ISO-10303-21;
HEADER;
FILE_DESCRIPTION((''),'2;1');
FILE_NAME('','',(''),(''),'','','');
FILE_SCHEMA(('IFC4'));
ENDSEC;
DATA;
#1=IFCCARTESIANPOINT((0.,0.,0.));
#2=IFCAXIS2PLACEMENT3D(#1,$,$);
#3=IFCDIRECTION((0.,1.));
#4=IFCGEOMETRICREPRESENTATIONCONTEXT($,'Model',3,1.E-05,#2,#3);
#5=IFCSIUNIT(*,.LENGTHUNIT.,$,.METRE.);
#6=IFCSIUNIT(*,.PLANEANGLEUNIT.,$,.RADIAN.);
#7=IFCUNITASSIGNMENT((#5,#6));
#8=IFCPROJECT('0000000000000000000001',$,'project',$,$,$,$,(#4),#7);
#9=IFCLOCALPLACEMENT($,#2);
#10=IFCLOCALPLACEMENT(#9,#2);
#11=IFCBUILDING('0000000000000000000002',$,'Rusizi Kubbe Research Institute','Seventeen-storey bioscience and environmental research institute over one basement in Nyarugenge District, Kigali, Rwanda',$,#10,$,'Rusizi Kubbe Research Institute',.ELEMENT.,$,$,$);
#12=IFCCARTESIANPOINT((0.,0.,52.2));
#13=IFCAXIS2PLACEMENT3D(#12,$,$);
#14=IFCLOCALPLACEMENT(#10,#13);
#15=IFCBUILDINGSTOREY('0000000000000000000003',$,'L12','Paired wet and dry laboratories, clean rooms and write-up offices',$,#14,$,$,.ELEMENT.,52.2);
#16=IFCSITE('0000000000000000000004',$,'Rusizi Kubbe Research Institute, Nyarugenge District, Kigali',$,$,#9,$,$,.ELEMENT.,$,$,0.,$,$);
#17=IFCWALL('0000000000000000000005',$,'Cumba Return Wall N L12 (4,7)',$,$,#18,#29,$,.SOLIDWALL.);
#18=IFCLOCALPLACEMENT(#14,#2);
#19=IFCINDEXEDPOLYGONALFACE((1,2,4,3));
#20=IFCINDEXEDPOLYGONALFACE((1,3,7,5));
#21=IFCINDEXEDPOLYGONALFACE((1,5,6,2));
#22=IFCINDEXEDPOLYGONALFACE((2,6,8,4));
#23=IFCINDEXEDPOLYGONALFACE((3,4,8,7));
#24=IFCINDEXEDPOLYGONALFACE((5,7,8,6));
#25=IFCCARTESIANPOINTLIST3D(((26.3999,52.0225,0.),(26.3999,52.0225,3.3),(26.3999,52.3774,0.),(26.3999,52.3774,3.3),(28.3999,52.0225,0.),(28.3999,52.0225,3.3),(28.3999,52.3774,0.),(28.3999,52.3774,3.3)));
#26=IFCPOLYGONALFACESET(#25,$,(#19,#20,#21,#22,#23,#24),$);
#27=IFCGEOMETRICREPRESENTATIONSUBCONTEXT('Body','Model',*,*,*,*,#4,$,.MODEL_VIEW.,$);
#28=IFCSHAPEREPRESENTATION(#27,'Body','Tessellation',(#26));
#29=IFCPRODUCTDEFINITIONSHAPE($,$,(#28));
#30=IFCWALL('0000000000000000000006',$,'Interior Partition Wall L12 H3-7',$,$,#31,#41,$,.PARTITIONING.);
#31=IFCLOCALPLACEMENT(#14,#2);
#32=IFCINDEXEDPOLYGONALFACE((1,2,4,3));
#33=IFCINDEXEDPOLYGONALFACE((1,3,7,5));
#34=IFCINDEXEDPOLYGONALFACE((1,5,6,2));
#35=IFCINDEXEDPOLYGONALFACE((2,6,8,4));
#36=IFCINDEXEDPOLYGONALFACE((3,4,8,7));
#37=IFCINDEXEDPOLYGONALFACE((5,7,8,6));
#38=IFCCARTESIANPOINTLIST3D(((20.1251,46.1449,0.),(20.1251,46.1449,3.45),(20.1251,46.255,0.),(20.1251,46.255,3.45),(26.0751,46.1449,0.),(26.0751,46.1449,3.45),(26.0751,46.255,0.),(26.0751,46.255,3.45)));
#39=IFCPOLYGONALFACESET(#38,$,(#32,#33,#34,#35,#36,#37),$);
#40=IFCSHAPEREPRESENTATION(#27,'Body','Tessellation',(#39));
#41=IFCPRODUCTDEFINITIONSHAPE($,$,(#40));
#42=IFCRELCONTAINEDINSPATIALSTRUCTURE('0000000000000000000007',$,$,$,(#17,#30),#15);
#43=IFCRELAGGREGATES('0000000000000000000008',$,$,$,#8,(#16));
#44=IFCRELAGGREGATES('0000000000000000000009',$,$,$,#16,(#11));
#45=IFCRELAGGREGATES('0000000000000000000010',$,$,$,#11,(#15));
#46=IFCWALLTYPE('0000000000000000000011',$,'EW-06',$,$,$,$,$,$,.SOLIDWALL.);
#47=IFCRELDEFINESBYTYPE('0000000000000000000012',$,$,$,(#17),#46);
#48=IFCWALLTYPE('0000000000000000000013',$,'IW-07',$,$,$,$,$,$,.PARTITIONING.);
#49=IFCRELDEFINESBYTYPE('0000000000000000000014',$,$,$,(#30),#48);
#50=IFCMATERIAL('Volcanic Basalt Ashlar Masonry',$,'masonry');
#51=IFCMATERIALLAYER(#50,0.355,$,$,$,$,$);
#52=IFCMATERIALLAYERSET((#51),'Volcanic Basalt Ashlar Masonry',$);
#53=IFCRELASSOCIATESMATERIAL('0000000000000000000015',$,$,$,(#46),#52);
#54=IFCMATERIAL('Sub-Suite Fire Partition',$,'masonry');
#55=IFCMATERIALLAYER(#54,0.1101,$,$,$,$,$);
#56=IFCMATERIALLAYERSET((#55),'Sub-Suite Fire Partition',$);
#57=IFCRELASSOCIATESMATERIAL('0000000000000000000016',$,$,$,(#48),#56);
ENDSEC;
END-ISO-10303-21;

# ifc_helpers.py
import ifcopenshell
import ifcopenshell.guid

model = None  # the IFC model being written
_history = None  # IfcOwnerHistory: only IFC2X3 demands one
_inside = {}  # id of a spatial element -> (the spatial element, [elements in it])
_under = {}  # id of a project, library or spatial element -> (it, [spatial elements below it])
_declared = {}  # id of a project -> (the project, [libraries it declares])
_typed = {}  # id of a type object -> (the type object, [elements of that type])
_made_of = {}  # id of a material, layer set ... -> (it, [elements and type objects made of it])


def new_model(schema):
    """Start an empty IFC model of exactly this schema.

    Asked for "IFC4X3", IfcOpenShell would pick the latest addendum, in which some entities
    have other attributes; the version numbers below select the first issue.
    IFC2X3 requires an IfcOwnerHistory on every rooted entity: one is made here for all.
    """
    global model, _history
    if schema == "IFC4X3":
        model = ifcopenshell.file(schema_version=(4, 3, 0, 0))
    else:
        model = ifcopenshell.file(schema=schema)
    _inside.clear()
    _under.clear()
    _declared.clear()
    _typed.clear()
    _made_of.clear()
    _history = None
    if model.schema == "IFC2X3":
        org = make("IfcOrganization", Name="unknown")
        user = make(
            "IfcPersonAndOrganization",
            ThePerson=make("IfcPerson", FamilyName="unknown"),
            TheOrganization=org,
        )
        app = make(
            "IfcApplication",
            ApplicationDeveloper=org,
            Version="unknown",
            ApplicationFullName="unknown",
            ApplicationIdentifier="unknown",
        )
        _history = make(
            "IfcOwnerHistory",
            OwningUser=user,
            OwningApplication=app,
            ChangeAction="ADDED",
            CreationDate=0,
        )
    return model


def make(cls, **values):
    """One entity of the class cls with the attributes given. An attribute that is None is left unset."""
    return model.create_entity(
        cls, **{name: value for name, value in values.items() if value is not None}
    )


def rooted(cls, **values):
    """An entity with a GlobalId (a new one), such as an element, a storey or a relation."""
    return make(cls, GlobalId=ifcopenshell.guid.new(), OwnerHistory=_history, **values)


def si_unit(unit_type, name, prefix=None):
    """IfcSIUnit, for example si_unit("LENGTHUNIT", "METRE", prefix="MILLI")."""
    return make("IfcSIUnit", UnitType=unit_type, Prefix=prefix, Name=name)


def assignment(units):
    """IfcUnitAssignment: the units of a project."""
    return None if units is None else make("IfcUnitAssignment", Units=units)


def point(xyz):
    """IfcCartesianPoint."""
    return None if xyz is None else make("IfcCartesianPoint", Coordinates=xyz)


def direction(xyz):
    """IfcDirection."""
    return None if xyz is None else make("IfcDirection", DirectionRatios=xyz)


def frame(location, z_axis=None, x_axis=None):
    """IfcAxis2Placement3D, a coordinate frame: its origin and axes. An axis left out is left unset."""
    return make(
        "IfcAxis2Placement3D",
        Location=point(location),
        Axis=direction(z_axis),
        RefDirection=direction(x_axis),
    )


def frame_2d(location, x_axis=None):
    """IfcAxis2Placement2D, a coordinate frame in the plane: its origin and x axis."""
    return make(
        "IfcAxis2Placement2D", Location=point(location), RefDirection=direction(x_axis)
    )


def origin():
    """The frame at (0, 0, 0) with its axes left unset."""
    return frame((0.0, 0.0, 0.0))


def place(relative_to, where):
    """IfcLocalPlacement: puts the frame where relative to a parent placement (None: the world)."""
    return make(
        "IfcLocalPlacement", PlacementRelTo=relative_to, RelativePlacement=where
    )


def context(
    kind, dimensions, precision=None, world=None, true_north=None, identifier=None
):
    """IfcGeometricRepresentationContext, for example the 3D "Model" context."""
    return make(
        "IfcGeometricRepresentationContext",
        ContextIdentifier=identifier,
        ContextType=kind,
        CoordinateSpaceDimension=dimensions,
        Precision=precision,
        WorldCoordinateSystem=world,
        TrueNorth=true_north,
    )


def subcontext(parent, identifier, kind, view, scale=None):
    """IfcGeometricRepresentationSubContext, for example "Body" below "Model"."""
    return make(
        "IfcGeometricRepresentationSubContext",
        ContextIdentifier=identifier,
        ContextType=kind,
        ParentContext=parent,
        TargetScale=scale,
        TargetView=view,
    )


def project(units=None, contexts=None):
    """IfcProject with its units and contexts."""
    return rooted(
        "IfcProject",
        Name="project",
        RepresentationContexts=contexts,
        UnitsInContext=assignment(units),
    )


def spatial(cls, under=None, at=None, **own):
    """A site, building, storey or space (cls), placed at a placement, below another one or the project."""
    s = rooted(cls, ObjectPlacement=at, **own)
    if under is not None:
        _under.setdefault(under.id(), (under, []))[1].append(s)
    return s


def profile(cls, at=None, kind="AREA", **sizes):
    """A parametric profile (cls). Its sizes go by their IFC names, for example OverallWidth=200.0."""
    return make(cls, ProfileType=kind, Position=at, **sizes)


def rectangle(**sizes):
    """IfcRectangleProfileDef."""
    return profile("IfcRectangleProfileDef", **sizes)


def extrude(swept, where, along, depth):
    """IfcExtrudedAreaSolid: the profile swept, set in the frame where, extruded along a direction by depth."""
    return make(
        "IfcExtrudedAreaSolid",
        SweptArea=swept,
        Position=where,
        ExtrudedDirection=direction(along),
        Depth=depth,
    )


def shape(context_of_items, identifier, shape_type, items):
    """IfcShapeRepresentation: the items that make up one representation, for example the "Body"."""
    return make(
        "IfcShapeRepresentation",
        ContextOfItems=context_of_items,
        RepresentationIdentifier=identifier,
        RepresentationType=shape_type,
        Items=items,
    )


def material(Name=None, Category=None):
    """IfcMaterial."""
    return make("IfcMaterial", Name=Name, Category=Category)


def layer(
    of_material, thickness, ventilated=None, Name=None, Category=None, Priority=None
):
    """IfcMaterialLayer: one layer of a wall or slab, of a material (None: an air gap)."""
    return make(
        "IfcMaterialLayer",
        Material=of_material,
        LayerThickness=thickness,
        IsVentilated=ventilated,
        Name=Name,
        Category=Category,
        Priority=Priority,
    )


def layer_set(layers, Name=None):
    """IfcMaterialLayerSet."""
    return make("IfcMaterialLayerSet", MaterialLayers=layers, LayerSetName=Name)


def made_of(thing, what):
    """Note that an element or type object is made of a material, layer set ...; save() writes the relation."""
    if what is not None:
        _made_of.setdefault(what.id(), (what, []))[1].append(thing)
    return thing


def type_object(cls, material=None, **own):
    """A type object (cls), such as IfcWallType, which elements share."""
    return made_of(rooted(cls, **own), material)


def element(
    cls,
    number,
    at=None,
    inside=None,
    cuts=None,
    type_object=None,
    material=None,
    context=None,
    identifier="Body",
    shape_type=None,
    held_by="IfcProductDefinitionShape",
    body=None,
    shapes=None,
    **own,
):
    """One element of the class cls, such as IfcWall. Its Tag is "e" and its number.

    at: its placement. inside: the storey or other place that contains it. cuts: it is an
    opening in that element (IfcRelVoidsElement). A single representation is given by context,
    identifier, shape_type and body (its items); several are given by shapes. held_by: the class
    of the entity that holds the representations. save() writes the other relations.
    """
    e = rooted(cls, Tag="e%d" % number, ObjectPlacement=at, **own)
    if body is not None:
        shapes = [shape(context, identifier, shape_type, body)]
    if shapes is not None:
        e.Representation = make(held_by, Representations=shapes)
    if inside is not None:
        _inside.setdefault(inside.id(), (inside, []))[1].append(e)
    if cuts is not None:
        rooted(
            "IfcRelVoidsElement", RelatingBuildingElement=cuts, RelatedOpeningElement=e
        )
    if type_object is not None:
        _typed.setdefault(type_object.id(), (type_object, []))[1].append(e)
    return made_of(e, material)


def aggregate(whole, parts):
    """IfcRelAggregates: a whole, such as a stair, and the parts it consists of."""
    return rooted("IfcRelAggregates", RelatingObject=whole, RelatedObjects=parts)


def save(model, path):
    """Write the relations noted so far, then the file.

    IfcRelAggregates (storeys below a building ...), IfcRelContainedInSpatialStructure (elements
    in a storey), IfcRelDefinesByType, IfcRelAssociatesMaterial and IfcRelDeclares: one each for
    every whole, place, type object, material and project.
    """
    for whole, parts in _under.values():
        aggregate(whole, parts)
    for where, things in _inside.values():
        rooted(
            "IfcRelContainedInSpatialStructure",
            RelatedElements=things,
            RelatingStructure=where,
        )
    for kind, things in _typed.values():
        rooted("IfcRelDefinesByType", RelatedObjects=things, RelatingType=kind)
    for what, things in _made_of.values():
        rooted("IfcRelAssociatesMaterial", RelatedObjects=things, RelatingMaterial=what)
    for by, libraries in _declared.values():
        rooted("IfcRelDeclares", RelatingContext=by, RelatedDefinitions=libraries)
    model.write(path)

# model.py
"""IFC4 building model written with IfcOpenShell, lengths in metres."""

from ifc_helpers import new_model, si_unit, direction, frame, frame_2d, origin, place, context, subcontext, project, spatial, rectangle, extrude, material, layer, layer_set, type_object, element, save


model = new_model("IFC4")

# Units and contexts
model_context = context("Model", 3, precision=1e-05, world=origin(), true_north=direction((0.0, 1.0)))
body_context = subcontext(model_context, "Body", "Model", "MODEL_VIEW")
ifc_project = project(units=[si_unit("LENGTHUNIT", "METRE"), si_unit("PLANEANGLEUNIT", "RADIAN")], contexts=[model_context])

# Site, building, storey
site_placement = place(None, origin())
site = spatial("IfcSite", under=ifc_project, at=site_placement, Name="Rusizi Kubbe Research Institute, Nyarugenge District, Kigali", CompositionType="ELEMENT", RefElevation=0.0)
building_placement = place(site_placement, origin())
building = spatial("IfcBuilding", under=site, at=building_placement, Name="Rusizi Kubbe Research Institute", Description="Seventeen-storey bioscience and environmental research institute over one basement in Nyarugenge District, Kigali, Rwanda", LongName="Rusizi Kubbe Research Institute", CompositionType="ELEMENT")
storey_placement = place(building_placement, frame((0.0, 0.0, 52.2)))
storey = spatial("IfcBuildingStorey", under=building, at=storey_placement, Name="L12", Description="Paired wet and dry laboratories, clean rooms and write-up offices", CompositionType="ELEMENT", Elevation=52.2)

# Walls
ifc_material_1 = material(Name="Volcanic Basalt Ashlar Masonry", Category="masonry")
ifc_layer_1 = layer(ifc_material_1, 0.355)
ifc_layer_set_1 = layer_set([ifc_layer_1], Name="Volcanic Basalt Ashlar Masonry")
wall_type_1 = type_object("IfcWallType", Name="EW-06", PredefinedType="SOLIDWALL", material=ifc_layer_set_1)
for number, where, z_axis, x_axis, name in (
    (1, (26.3999, 52.2, 0.0), (0.0, 0.0, 1.0), (1.0, 0.0, 0.0), "Cumba Return Wall N L12 (4,7)"),
):
    element("IfcWall", number, at=place(storey_placement, frame(where, z_axis=z_axis, x_axis=x_axis)), inside=storey, type_object=wall_type_1, Name=name, PredefinedType="SOLIDWALL", context=body_context, shape_type="SweptSolid", body=[
        extrude(rectangle(XDim=2.0, YDim=0.355, at=frame_2d((1.0, 0.0))), origin(), (0.0, 0.0, 1.0), 3.3),
    ])
ifc_material_2 = material(Name="Sub-Suite Fire Partition", Category="masonry")
ifc_layer_2 = layer(ifc_material_2, 0.1101)
ifc_layer_set_2 = layer_set([ifc_layer_2], Name="Sub-Suite Fire Partition")
wall_type_2 = type_object("IfcWallType", Name="IW-07", PredefinedType="PARTITIONING", material=ifc_layer_set_2)
wall_placement = place(storey_placement, frame((20.125, 46.2, 0.0), z_axis=(0.0, 0.0, 1.0), x_axis=(1.0, 0.0, 0.0)))
element("IfcWall", 2, at=wall_placement, inside=storey, type_object=wall_type_2, Name="Interior Partition Wall L12 H3-7", PredefinedType="PARTITIONING", context=body_context, shape_type="SweptSolid", body=[
    extrude(rectangle(XDim=5.95, YDim=0.1101, at=frame_2d((2.9751, 0.0))), origin(), (0.0, 0.0, 1.0), 3.45),
])

save(model, "model.ifc")
